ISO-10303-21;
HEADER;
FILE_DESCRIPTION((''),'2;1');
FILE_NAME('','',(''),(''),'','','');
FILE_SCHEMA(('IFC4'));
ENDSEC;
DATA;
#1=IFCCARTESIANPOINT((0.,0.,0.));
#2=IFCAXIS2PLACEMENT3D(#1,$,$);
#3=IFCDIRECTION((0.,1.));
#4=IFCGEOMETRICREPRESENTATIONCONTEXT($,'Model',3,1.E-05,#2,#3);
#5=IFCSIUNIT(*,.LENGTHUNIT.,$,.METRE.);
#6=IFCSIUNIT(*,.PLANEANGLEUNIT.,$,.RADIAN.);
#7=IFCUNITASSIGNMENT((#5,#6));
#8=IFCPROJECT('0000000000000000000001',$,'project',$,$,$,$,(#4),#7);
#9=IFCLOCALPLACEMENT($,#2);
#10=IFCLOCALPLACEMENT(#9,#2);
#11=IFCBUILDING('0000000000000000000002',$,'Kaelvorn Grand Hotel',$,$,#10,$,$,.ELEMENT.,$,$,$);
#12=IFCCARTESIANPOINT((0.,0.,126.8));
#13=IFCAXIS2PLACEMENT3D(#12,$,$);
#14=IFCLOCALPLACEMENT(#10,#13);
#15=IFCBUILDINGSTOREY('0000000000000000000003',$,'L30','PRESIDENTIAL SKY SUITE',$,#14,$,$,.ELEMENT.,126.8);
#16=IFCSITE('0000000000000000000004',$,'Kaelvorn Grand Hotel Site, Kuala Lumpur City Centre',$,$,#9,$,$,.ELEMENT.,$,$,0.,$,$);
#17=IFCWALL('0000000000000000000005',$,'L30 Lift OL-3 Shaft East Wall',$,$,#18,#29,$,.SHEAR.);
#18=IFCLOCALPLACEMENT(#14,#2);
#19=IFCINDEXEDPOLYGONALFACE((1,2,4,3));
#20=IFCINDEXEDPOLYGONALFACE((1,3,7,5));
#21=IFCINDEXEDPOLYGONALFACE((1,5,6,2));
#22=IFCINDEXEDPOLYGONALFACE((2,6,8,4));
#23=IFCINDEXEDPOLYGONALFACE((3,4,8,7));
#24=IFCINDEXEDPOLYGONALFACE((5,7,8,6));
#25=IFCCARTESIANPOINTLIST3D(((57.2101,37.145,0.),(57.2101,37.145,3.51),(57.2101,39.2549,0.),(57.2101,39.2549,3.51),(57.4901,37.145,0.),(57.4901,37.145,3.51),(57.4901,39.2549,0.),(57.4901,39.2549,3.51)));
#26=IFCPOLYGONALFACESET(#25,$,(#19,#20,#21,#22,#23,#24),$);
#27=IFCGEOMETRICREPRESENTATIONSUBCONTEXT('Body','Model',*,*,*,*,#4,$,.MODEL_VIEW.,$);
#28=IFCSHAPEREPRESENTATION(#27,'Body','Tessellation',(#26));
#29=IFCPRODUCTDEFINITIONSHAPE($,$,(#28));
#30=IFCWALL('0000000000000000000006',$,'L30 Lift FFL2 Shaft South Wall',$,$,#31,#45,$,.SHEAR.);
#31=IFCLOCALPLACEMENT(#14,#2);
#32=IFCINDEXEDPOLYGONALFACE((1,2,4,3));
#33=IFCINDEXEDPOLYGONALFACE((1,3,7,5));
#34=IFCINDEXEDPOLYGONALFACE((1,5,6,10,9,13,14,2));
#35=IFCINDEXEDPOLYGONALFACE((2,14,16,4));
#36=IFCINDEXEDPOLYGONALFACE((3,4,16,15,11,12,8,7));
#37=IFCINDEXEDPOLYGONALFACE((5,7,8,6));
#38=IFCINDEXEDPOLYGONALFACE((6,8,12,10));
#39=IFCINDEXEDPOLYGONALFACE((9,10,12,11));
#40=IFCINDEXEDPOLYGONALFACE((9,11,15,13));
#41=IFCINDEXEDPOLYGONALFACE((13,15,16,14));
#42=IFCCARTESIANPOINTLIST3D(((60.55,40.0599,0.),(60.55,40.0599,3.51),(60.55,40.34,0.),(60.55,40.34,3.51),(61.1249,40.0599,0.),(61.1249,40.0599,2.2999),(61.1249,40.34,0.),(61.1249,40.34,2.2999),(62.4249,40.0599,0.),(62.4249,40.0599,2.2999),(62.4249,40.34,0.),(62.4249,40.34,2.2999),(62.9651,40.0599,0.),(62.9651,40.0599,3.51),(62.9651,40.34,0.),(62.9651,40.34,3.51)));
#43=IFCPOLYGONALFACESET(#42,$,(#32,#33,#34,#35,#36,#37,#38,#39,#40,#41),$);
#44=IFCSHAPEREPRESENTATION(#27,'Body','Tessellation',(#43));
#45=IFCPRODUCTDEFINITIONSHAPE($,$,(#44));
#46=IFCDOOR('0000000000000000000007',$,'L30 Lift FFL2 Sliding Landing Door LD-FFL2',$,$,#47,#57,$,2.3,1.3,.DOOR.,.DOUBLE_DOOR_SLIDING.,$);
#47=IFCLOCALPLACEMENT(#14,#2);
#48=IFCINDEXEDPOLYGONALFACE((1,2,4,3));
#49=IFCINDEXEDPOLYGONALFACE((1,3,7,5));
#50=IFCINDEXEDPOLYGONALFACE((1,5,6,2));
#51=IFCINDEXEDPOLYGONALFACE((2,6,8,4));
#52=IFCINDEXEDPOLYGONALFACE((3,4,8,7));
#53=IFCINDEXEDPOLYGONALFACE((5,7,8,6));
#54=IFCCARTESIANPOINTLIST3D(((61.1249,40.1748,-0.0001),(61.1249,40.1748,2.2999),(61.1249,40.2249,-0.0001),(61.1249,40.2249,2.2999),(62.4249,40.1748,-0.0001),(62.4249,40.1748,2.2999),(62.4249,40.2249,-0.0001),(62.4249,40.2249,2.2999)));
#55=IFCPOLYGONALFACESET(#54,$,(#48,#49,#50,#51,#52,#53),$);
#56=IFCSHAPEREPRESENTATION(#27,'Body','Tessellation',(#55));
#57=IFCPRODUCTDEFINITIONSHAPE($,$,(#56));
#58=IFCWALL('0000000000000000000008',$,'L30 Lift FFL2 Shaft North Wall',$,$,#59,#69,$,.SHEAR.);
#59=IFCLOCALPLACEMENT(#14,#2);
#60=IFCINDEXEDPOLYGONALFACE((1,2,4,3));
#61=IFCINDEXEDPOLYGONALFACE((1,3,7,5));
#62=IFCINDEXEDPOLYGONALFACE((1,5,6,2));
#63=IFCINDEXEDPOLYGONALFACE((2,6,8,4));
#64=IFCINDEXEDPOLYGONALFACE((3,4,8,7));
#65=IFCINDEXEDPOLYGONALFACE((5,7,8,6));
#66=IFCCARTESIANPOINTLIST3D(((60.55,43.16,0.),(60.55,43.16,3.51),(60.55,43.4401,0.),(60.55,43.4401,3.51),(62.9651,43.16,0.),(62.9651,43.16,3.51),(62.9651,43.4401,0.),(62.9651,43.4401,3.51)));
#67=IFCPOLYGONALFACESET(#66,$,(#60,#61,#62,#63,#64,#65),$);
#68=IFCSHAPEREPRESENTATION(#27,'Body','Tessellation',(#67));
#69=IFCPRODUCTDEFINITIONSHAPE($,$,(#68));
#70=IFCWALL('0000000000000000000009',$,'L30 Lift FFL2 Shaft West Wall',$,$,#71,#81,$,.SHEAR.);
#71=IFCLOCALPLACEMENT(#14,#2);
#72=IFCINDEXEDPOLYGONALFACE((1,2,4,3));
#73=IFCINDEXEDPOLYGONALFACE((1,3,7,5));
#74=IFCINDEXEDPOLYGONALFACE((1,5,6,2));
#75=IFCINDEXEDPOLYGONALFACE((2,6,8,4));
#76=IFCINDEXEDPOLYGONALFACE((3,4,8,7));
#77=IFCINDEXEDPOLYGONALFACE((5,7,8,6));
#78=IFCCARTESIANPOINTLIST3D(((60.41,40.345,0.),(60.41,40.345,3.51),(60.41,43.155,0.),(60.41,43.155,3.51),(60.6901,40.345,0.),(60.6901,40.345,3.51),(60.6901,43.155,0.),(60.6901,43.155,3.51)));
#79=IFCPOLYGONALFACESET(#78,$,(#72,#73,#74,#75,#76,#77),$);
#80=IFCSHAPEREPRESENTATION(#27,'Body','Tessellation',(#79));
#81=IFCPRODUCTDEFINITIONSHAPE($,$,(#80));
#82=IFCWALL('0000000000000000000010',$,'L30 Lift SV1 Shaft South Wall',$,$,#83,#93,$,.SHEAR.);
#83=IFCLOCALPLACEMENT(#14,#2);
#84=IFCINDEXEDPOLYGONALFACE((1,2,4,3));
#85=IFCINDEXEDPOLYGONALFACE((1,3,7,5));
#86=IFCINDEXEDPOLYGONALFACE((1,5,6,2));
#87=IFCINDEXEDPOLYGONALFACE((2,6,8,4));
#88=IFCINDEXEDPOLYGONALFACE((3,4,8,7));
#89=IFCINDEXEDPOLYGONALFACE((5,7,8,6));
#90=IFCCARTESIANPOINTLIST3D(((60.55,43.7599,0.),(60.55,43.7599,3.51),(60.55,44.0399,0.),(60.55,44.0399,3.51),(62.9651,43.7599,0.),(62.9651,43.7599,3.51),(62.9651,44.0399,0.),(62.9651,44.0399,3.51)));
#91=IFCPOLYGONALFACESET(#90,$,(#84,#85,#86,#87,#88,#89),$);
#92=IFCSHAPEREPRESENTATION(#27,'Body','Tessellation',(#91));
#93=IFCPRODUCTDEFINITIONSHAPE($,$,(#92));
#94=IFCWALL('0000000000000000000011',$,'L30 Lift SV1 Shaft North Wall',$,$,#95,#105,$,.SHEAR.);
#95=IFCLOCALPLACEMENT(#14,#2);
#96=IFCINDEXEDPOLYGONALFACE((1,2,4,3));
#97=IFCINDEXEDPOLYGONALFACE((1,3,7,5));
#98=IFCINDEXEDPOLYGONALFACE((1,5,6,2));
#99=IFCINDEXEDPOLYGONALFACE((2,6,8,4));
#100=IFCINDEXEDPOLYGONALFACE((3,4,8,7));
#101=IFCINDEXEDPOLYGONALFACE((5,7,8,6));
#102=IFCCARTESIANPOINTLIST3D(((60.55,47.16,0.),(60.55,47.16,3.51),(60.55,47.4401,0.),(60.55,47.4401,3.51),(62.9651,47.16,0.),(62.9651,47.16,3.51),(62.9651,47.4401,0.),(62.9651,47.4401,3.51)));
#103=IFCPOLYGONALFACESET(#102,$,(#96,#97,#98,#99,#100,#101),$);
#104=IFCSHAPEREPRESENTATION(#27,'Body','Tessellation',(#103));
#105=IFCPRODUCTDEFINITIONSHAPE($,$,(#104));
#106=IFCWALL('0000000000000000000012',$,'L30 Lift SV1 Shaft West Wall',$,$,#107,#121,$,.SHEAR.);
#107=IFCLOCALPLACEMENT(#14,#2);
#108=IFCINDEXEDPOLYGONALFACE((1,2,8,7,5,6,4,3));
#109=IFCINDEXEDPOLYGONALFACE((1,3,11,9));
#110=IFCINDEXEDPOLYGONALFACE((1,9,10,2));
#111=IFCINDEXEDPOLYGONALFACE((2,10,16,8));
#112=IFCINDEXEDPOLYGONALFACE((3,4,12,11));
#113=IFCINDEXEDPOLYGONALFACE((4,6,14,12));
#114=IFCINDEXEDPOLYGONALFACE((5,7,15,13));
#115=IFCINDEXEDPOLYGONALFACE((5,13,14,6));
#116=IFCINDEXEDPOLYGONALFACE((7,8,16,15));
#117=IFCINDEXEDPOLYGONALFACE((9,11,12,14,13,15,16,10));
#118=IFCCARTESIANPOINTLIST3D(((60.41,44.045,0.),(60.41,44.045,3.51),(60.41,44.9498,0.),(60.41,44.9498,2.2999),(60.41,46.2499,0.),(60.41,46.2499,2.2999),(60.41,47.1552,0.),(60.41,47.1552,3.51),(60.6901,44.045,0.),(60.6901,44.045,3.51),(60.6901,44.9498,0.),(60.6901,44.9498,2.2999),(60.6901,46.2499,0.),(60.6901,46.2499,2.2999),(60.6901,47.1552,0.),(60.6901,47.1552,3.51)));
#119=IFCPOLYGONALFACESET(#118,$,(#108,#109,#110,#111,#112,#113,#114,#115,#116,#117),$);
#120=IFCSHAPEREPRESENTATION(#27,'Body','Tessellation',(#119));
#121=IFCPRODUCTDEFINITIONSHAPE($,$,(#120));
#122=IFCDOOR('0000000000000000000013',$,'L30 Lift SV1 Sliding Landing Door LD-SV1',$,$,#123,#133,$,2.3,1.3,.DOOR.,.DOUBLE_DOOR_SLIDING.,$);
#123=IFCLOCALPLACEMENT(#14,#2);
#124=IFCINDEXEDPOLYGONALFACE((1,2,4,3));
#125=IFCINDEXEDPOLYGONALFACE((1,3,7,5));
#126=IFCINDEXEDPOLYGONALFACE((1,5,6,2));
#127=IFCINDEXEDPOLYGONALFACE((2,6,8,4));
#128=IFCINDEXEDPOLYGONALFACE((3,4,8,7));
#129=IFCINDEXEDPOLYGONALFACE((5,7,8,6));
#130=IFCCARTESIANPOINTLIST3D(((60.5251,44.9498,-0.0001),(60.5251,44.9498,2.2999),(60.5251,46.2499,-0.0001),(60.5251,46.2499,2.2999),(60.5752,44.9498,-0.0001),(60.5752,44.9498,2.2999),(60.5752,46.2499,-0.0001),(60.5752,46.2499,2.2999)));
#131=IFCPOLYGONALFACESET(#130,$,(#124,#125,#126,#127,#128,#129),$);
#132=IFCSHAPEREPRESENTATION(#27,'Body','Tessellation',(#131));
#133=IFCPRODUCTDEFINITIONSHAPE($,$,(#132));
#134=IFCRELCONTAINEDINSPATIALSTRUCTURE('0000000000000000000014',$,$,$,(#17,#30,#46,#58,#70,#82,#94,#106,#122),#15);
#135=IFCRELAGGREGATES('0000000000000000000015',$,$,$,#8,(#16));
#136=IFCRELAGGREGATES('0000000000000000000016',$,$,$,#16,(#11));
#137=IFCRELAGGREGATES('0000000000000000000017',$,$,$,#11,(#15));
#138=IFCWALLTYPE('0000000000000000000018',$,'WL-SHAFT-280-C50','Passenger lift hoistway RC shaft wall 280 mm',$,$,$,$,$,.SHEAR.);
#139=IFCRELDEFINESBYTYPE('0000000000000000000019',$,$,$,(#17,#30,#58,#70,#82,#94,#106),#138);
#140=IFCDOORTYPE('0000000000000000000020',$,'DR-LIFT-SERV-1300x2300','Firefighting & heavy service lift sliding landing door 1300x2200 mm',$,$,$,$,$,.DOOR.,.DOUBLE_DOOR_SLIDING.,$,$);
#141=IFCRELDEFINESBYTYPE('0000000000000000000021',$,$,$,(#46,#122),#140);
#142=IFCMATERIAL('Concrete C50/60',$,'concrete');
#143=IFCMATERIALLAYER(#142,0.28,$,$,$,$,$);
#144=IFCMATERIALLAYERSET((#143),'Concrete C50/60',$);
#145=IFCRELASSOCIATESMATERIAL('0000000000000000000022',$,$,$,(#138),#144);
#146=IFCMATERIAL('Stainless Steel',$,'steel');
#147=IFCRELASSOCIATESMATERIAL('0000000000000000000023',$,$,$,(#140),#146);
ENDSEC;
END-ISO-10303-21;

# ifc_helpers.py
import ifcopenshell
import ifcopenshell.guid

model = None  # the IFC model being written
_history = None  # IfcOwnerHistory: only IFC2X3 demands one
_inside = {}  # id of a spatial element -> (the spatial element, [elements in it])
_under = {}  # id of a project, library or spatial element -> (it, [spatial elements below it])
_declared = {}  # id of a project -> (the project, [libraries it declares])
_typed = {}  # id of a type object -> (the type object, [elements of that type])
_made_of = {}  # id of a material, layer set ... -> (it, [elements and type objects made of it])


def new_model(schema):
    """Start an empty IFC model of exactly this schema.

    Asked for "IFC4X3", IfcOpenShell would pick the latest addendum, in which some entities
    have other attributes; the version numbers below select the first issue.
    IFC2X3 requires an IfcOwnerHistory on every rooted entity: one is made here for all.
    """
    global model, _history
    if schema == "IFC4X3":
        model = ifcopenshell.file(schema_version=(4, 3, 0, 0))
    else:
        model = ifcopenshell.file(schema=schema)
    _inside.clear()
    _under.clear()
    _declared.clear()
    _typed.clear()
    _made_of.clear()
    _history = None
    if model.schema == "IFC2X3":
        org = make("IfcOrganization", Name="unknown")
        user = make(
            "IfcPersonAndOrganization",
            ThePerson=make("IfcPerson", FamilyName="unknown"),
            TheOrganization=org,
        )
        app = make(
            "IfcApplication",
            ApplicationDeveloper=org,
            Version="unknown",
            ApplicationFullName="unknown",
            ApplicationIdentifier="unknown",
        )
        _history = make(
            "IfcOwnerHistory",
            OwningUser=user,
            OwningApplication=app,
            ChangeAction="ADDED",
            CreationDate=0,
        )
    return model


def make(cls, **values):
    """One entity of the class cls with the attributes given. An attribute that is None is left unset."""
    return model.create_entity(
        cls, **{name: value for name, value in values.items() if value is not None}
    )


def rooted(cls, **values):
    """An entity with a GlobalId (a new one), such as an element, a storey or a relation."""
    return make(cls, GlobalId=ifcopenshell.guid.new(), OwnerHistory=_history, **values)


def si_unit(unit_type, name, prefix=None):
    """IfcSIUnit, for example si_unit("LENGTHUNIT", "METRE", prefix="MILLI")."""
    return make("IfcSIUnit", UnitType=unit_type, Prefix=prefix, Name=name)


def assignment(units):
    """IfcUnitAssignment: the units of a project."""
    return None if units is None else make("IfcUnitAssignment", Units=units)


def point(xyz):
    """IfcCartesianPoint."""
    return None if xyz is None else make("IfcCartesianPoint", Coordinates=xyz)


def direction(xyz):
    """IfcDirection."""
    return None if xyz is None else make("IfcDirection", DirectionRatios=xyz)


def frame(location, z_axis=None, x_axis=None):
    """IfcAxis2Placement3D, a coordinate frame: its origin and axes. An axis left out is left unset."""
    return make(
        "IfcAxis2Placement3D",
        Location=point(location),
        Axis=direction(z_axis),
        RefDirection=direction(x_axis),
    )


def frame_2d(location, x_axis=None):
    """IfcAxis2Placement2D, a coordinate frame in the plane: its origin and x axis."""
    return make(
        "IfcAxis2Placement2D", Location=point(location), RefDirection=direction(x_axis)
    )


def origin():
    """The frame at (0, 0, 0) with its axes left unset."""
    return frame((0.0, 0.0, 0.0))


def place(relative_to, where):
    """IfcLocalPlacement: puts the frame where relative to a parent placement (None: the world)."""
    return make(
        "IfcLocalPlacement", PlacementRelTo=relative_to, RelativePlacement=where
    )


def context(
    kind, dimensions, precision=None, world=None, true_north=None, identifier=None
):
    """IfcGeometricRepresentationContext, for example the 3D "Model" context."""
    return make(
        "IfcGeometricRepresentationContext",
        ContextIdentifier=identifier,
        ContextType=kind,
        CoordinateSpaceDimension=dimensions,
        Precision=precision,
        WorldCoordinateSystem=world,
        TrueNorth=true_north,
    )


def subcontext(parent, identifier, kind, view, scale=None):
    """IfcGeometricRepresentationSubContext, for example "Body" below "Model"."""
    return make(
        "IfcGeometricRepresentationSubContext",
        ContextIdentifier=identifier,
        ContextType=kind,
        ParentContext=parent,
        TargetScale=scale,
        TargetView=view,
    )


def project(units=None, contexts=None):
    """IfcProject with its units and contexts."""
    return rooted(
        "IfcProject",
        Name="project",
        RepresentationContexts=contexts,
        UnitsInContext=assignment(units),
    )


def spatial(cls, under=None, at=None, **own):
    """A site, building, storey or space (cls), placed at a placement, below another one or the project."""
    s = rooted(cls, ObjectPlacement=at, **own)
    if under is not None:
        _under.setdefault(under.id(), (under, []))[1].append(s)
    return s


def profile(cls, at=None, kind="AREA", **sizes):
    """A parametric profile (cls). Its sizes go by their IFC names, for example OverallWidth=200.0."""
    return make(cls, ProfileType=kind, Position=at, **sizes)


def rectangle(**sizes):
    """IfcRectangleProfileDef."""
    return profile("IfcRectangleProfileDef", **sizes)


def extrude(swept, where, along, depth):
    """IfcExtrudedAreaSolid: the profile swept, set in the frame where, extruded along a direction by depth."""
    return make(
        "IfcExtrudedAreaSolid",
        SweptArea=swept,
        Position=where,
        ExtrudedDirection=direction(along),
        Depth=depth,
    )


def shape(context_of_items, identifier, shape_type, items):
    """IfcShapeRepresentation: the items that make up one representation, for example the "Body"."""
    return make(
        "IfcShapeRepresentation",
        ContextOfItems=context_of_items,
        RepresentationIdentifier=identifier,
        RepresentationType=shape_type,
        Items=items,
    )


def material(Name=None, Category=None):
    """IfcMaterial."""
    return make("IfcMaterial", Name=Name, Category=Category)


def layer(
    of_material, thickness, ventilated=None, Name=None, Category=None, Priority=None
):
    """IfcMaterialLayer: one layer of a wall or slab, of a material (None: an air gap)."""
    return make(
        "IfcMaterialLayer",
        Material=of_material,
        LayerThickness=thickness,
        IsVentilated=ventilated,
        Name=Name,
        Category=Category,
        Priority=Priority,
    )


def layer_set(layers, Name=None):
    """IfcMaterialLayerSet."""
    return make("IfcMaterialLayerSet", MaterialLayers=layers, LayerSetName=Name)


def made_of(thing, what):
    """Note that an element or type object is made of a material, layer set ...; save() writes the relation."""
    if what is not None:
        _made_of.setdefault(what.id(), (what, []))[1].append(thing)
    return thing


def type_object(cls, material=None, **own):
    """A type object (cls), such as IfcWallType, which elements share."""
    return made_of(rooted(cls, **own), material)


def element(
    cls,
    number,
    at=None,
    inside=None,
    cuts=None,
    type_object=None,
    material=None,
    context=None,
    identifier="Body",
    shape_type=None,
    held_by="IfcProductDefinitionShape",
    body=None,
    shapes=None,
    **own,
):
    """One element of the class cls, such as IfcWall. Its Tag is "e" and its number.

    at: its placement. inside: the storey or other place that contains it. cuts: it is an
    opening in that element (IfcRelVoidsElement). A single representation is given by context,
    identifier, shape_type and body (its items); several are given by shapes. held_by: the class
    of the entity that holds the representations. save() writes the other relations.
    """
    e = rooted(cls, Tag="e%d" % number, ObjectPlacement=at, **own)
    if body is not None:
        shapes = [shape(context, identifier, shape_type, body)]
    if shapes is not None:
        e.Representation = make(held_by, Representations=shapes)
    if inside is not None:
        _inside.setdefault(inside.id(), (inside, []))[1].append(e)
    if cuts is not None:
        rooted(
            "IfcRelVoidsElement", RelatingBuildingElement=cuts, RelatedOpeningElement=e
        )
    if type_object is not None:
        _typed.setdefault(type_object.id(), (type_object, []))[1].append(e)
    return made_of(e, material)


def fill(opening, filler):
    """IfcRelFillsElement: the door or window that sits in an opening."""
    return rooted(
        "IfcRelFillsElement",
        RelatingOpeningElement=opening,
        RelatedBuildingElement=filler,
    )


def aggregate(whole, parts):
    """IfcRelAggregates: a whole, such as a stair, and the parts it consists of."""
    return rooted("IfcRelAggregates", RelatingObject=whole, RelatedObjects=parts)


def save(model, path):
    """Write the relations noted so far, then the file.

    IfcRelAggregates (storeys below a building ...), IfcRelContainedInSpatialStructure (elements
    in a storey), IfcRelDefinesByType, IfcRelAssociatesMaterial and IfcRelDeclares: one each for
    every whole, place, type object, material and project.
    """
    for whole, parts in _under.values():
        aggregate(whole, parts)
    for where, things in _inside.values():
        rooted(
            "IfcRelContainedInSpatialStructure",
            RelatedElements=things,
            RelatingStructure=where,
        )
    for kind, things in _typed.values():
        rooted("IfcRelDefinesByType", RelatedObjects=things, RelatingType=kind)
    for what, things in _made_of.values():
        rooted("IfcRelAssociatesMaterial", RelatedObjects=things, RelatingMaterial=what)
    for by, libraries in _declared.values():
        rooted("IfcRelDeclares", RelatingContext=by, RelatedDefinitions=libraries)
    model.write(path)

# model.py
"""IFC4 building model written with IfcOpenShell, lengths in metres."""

from ifc_helpers import new_model, si_unit, direction, frame, frame_2d, origin, place, context, subcontext, project, spatial, rectangle, extrude, material, layer, layer_set, type_object, element, fill, save


model = new_model("IFC4")

# Units and contexts
model_context = context("Model", 3, precision=1e-05, world=origin(), true_north=direction((0.0, 1.0)))
body_context = subcontext(model_context, "Body", "Model", "MODEL_VIEW")
ifc_project = project(units=[si_unit("LENGTHUNIT", "METRE"), si_unit("PLANEANGLEUNIT", "RADIAN")], contexts=[model_context])

# Site, building, storey
site_placement = place(None, origin())
site = spatial("IfcSite", under=ifc_project, at=site_placement, Name="Kaelvorn Grand Hotel Site, Kuala Lumpur City Centre", CompositionType="ELEMENT", RefElevation=0.0)
building_placement = place(site_placement, origin())
building = spatial("IfcBuilding", under=site, at=building_placement, Name="Kaelvorn Grand Hotel", CompositionType="ELEMENT")
storey_placement = place(building_placement, frame((0.0, 0.0, 126.8)))
storey = spatial("IfcBuildingStorey", under=building, at=storey_placement, Name="L30", Description="PRESIDENTIAL SKY SUITE", CompositionType="ELEMENT", Elevation=126.8)

# Wall
ifc_material_1 = material(Name="Concrete C50/60", Category="concrete")
ifc_layer_1 = layer(ifc_material_1, 0.28)
ifc_layer_set_1 = layer_set([ifc_layer_1], Name="Concrete C50/60")
wall_type_1 = type_object("IfcWallType", Name="WL-SHAFT-280-C50", Description="Passenger lift hoistway RC shaft wall 280 mm", PredefinedType="SHEAR", material=ifc_layer_set_1)
for number, where, z_axis, x_axis, name in (
    (1, (57.3501, 37.145, 0.0), (0.0, 0.0, 1.0), (0.0, 1.0, 0.0), "L30 Lift OL-3 Shaft East Wall"),
):
    element("IfcWall", number, at=place(storey_placement, frame(where, z_axis=z_axis, x_axis=x_axis)), inside=storey, type_object=wall_type_1, Name=name, PredefinedType="SHEAR", context=body_context, shape_type="SweptSolid", body=[
        extrude(rectangle(XDim=2.1099, YDim=0.28, at=frame_2d((1.0549, 0.0))), origin(), (0.0, 0.0, 1.0), 3.51),
    ])

# Wall, opening, door
wall_1_placement = place(storey_placement, frame((60.55, 40.2, 0.0), z_axis=(0.0, 0.0, 1.0), x_axis=(1.0, 0.0, 0.0)))
wall_1 = element("IfcWall", 2, at=wall_1_placement, inside=storey, type_object=wall_type_1, Name="L30 Lift FFL2 Shaft South Wall", PredefinedType="SHEAR", context=body_context, shape_type="SweptSolid", body=[
    extrude(rectangle(XDim=2.415, YDim=0.28, at=frame_2d((1.2075, 0.0))), origin(), (0.0, 0.0, 1.0), 3.51),
])
opening_1_placement = place(wall_1_placement, frame((0.575, 0.0, 0.0)))
opening_1 = element("IfcOpeningElement", 3, at=opening_1_placement, cuts=wall_1, PredefinedType="OPENING", context=body_context, shape_type="SweptSolid", body=[
    extrude(rectangle(XDim=1.3, YDim=2.3, at=frame_2d((0.6499, 1.1499))), frame((0.0, 0.1499, 0.0), z_axis=(0.0, -1.0, 0.0), x_axis=(1.0, 0.0, 0.0)), (0.0, 0.0, 1.0), 0.3),
])
ifc_material_2 = material(Name="Stainless Steel", Category="steel")
door_type_1 = type_object("IfcDoorType", Name="DR-LIFT-SERV-1300x2300", Description="Firefighting & heavy service lift sliding landing door 1300x2200 mm", OperationType="DOUBLE_DOOR_SLIDING", PredefinedType="DOOR", material=ifc_material_2)
door_1_placement = place(opening_1_placement, origin())
door_1 = element("IfcDoor", 4, at=door_1_placement, inside=storey, type_object=door_type_1, Name="L30 Lift FFL2 Sliding Landing Door LD-FFL2", OperationType="DOUBLE_DOOR_SLIDING", OverallHeight=2.3, OverallWidth=1.3, PredefinedType="DOOR", context=body_context, shape_type="SweptSolid", body=[
    extrude(rectangle(XDim=1.3, YDim=2.3, at=frame_2d((0.6499, 1.1499))), frame((0.0, 0.0249, 0.0), z_axis=(0.0, -1.0, 0.0), x_axis=(1.0, 0.0, 0.0)), (0.0, 0.0, 1.0), 0.05),
])
fill(opening_1, door_1)

# Walls
wall_2_placement = place(storey_placement, frame((60.55, 43.3, 0.0), z_axis=(0.0, 0.0, 1.0), x_axis=(1.0, 0.0, 0.0)))
element("IfcWall", 5, at=wall_2_placement, inside=storey, type_object=wall_type_1, Name="L30 Lift FFL2 Shaft North Wall", PredefinedType="SHEAR", context=body_context, shape_type="SweptSolid", body=[
    extrude(rectangle(XDim=2.415, YDim=0.28, at=frame_2d((1.2075, 0.0))), origin(), (0.0, 0.0, 1.0), 3.51),
])
wall_3_placement = place(storey_placement, frame((60.55, 40.345, 0.0), z_axis=(0.0, 0.0, 1.0), x_axis=(0.0, 1.0, 0.0)))
element("IfcWall", 6, at=wall_3_placement, inside=storey, type_object=wall_type_1, Name="L30 Lift FFL2 Shaft West Wall", PredefinedType="SHEAR", context=body_context, shape_type="SweptSolid", body=[
    extrude(rectangle(XDim=2.8101, YDim=0.28, at=frame_2d((1.405, 0.0))), origin(), (0.0, 0.0, 1.0), 3.51),
])
for number, where, z_axis, x_axis, name in (
    (7, (60.55, 43.8999, 0.0), (0.0, 0.0, 1.0), (1.0, 0.0, 0.0), "L30 Lift SV1 Shaft South Wall"),
    (8, (60.55, 47.3, 0.0), (0.0, 0.0, 1.0), (1.0, 0.0, 0.0), "L30 Lift SV1 Shaft North Wall"),
):
    element("IfcWall", number, at=place(storey_placement, frame(where, z_axis=z_axis, x_axis=x_axis)), inside=storey, type_object=wall_type_1, Name=name, PredefinedType="SHEAR", context=body_context, shape_type="SweptSolid", body=[
        extrude(rectangle(XDim=2.415, YDim=0.28, at=frame_2d((1.2075, 0.0))), origin(), (0.0, 0.0, 1.0), 3.51),
    ])

# Wall, opening, door
wall_4_placement = place(storey_placement, frame((60.55, 44.0449, 0.0), z_axis=(0.0, 0.0, 1.0), x_axis=(0.0, 1.0, 0.0)))
wall_4 = element("IfcWall", 9, at=wall_4_placement, inside=storey, type_object=wall_type_1, Name="L30 Lift SV1 Shaft West Wall", PredefinedType="SHEAR", context=body_context, shape_type="SweptSolid", body=[
    extrude(rectangle(XDim=3.1101, YDim=0.28, at=frame_2d((1.5552, 0.0))), origin(), (0.0, 0.0, 1.0), 3.51),
])
opening_2_placement = place(wall_4_placement, frame((0.905, 0.0, 0.0)))
opening_2 = element("IfcOpeningElement", 10, at=opening_2_placement, cuts=wall_4, PredefinedType="OPENING", context=body_context, shape_type="SweptSolid", body=[
    extrude(rectangle(XDim=1.3, YDim=2.3, at=frame_2d((0.6499, 1.1499))), frame((0.0, 0.1499, 0.0), z_axis=(0.0, -1.0, 0.0), x_axis=(1.0, 0.0, 0.0)), (0.0, 0.0, 1.0), 0.3),
])
door_2_placement = place(opening_2_placement, origin())
door_2 = element("IfcDoor", 11, at=door_2_placement, inside=storey, type_object=door_type_1, Name="L30 Lift SV1 Sliding Landing Door LD-SV1", OperationType="DOUBLE_DOOR_SLIDING", OverallHeight=2.3, OverallWidth=1.3, PredefinedType="DOOR", context=body_context, shape_type="SweptSolid", body=[
    extrude(rectangle(XDim=1.3, YDim=2.3, at=frame_2d((0.6499, 1.1499))), frame((0.0, 0.0249, 0.0), z_axis=(0.0, -1.0, 0.0), x_axis=(1.0, 0.0, 0.0)), (0.0, 0.0, 1.0), 0.05),
])
fill(opening_2, door_2)

save(model, "model.ifc")
